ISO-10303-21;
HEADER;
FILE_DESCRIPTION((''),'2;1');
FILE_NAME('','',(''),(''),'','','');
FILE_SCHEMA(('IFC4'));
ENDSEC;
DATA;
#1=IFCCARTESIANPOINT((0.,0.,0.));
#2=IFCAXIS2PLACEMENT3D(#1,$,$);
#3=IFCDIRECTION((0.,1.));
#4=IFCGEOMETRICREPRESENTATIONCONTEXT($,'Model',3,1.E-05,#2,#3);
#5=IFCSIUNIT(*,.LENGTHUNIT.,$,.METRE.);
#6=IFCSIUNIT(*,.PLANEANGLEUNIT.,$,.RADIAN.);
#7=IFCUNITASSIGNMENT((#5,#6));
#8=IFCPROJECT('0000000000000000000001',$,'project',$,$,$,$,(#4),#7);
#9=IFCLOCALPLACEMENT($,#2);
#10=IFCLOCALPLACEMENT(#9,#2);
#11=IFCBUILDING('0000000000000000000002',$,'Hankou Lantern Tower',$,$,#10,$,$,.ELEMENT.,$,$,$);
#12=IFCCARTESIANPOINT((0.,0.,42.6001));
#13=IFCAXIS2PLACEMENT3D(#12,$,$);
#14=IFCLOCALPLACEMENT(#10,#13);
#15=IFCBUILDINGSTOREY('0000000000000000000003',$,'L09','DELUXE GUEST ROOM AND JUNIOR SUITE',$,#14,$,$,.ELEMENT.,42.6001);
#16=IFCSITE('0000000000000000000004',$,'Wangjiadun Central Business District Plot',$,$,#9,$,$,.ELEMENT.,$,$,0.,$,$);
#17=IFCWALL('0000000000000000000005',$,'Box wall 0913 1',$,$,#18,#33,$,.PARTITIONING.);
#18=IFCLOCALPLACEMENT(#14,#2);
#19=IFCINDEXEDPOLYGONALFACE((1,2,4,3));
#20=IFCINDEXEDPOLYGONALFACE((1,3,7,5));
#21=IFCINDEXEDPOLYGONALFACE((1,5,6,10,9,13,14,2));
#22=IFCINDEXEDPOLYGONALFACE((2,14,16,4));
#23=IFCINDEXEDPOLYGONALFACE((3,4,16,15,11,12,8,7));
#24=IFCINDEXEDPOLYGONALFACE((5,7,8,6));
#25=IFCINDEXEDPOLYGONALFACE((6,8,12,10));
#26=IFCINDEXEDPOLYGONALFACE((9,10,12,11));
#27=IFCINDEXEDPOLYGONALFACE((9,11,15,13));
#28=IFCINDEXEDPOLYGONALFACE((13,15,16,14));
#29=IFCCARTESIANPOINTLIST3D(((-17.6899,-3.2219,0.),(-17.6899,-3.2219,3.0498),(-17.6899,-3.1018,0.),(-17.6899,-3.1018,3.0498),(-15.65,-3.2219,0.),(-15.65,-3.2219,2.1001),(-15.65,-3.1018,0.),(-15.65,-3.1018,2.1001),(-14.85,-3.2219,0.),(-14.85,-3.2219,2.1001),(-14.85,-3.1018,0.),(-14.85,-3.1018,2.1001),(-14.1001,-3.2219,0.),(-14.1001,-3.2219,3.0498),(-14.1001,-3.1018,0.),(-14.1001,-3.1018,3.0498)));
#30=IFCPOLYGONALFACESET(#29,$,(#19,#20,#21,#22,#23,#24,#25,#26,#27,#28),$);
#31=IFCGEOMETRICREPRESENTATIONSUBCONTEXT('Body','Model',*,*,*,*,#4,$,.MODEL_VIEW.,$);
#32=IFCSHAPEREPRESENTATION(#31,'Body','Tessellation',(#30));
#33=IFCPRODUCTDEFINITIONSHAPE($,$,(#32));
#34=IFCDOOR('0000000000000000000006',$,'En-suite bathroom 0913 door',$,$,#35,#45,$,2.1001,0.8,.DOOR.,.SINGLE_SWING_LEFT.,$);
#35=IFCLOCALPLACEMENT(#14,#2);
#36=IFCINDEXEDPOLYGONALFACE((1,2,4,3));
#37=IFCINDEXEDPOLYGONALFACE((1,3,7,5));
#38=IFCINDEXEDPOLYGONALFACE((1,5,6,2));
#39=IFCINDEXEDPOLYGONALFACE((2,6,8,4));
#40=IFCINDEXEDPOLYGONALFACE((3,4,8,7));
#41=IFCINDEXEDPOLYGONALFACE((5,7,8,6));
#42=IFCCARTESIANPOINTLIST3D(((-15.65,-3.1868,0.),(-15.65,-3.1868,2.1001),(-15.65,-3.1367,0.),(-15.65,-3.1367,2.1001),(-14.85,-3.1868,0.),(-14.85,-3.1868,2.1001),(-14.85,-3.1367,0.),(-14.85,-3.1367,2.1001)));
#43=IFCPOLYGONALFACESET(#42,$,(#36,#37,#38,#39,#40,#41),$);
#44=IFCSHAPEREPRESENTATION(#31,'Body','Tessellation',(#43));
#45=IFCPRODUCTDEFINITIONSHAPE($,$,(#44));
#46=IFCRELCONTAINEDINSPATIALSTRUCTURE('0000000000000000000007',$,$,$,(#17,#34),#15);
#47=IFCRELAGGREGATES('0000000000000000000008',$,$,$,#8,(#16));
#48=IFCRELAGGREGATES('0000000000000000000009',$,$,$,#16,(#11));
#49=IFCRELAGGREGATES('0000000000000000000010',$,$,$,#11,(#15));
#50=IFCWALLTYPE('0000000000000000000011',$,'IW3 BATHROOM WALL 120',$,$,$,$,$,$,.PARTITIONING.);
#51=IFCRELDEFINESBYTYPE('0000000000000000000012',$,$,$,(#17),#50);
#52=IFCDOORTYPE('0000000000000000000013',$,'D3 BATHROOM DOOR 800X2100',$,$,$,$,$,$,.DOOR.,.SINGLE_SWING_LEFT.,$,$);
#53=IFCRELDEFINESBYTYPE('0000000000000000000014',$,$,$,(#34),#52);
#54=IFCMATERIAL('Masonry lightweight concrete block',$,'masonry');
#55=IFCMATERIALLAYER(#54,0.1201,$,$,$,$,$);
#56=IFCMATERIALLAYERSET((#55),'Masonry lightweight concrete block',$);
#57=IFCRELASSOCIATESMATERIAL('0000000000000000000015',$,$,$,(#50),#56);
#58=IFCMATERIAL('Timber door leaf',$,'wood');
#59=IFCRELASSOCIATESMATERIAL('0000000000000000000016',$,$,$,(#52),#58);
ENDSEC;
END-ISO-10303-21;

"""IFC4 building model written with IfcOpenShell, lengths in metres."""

from ifc_helpers import new_model, si_unit, direction, frame, frame_2d, origin, place, context, subcontext, project, spatial, rectangle, extrude, material, layer, layer_set, type_object, element, fill, save


model = new_model("IFC4")

# Units and contexts
model_context = context("Model", 3, precision=1e-05, world=origin(), true_north=direction((0.0, 1.0)))
body_context = subcontext(model_context, "Body", "Model", "MODEL_VIEW")
ifc_project = project(units=[si_unit("LENGTHUNIT", "METRE"), si_unit("PLANEANGLEUNIT", "RADIAN")], contexts=[model_context])

# Site, building, storey
site_placement = place(None, origin())
site = spatial("IfcSite", under=ifc_project, at=site_placement, Name="Wangjiadun Central Business District Plot", CompositionType="ELEMENT", RefElevation=0.0)
building_placement = place(site_placement, origin())
building = spatial("IfcBuilding", under=site, at=building_placement, Name="Hankou Lantern Tower", CompositionType="ELEMENT")
storey_placement = place(building_placement, frame((0.0, 0.0, 42.6001)))
storey = spatial("IfcBuildingStorey", under=building, at=storey_placement, Name="L09", Description="DELUXE GUEST ROOM AND JUNIOR SUITE", CompositionType="ELEMENT", Elevation=42.6001)

# Wall, opening, door
ifc_material_1 = material(Name="Masonry lightweight concrete block", Category="masonry")
ifc_layer_1 = layer(ifc_material_1, 0.1201)
ifc_layer_set_1 = layer_set([ifc_layer_1], Name="Masonry lightweight concrete block")
wall_type_1 = type_object("IfcWallType", Name="IW3 BATHROOM WALL 120", PredefinedType="PARTITIONING", material=ifc_layer_set_1)
wall_1_placement = place(storey_placement, frame((-14.1001, -3.1619, 0.0), z_axis=(0.0, 0.0, 1.0), x_axis=(-1.0, 0.0, 0.0)))
wall_1 = element("IfcWall", 1, at=wall_1_placement, inside=storey, type_object=wall_type_1, Name="Box wall 0913 1", PredefinedType="PARTITIONING", context=body_context, shape_type="SweptSolid", body=[
    extrude(rectangle(XDim=3.5898, YDim=0.1201, at=frame_2d((1.7949, 0.0))), origin(), (0.0, 0.0, 1.0), 3.0498),
])
opening_1_placement = place(wall_1_placement, frame((0.75, 0.0, 0.0)))
opening_1 = element("IfcOpeningElement", 2, at=opening_1_placement, cuts=wall_1, PredefinedType="OPENING", context=body_context, shape_type="SweptSolid", body=[
    extrude(rectangle(XDim=0.8, YDim=2.1001, at=frame_2d((0.3999, 1.05))), frame((0.0, 0.0701, 0.0), z_axis=(0.0, -1.0, 0.0), x_axis=(1.0, 0.0, 0.0)), (0.0, 0.0, 1.0), 0.1401),
])
ifc_material_2 = material(Name="Timber door leaf", Category="wood")
door_type_1 = type_object("IfcDoorType", Name="D3 BATHROOM DOOR 800X2100", OperationType="SINGLE_SWING_LEFT", PredefinedType="DOOR", material=ifc_material_2)
door_1_placement = place(opening_1_placement, origin())
door_1 = element("IfcDoor", 3, at=door_1_placement, inside=storey, type_object=door_type_1, Name="En-suite bathroom 0913 door", OperationType="SINGLE_SWING_LEFT", OverallHeight=2.1001, OverallWidth=0.8, PredefinedType="DOOR", context=body_context, shape_type="SweptSolid", body=[
    extrude(rectangle(XDim=0.8, YDim=2.1001, at=frame_2d((0.3999, 1.05))), frame((0.0, 0.0249, 0.0), z_axis=(0.0, -1.0, 0.0), x_axis=(1.0, 0.0, 0.0)), (0.0, 0.0, 1.0), 0.05),
])
fill(opening_1, door_1)

save(model, "model.ifc")
